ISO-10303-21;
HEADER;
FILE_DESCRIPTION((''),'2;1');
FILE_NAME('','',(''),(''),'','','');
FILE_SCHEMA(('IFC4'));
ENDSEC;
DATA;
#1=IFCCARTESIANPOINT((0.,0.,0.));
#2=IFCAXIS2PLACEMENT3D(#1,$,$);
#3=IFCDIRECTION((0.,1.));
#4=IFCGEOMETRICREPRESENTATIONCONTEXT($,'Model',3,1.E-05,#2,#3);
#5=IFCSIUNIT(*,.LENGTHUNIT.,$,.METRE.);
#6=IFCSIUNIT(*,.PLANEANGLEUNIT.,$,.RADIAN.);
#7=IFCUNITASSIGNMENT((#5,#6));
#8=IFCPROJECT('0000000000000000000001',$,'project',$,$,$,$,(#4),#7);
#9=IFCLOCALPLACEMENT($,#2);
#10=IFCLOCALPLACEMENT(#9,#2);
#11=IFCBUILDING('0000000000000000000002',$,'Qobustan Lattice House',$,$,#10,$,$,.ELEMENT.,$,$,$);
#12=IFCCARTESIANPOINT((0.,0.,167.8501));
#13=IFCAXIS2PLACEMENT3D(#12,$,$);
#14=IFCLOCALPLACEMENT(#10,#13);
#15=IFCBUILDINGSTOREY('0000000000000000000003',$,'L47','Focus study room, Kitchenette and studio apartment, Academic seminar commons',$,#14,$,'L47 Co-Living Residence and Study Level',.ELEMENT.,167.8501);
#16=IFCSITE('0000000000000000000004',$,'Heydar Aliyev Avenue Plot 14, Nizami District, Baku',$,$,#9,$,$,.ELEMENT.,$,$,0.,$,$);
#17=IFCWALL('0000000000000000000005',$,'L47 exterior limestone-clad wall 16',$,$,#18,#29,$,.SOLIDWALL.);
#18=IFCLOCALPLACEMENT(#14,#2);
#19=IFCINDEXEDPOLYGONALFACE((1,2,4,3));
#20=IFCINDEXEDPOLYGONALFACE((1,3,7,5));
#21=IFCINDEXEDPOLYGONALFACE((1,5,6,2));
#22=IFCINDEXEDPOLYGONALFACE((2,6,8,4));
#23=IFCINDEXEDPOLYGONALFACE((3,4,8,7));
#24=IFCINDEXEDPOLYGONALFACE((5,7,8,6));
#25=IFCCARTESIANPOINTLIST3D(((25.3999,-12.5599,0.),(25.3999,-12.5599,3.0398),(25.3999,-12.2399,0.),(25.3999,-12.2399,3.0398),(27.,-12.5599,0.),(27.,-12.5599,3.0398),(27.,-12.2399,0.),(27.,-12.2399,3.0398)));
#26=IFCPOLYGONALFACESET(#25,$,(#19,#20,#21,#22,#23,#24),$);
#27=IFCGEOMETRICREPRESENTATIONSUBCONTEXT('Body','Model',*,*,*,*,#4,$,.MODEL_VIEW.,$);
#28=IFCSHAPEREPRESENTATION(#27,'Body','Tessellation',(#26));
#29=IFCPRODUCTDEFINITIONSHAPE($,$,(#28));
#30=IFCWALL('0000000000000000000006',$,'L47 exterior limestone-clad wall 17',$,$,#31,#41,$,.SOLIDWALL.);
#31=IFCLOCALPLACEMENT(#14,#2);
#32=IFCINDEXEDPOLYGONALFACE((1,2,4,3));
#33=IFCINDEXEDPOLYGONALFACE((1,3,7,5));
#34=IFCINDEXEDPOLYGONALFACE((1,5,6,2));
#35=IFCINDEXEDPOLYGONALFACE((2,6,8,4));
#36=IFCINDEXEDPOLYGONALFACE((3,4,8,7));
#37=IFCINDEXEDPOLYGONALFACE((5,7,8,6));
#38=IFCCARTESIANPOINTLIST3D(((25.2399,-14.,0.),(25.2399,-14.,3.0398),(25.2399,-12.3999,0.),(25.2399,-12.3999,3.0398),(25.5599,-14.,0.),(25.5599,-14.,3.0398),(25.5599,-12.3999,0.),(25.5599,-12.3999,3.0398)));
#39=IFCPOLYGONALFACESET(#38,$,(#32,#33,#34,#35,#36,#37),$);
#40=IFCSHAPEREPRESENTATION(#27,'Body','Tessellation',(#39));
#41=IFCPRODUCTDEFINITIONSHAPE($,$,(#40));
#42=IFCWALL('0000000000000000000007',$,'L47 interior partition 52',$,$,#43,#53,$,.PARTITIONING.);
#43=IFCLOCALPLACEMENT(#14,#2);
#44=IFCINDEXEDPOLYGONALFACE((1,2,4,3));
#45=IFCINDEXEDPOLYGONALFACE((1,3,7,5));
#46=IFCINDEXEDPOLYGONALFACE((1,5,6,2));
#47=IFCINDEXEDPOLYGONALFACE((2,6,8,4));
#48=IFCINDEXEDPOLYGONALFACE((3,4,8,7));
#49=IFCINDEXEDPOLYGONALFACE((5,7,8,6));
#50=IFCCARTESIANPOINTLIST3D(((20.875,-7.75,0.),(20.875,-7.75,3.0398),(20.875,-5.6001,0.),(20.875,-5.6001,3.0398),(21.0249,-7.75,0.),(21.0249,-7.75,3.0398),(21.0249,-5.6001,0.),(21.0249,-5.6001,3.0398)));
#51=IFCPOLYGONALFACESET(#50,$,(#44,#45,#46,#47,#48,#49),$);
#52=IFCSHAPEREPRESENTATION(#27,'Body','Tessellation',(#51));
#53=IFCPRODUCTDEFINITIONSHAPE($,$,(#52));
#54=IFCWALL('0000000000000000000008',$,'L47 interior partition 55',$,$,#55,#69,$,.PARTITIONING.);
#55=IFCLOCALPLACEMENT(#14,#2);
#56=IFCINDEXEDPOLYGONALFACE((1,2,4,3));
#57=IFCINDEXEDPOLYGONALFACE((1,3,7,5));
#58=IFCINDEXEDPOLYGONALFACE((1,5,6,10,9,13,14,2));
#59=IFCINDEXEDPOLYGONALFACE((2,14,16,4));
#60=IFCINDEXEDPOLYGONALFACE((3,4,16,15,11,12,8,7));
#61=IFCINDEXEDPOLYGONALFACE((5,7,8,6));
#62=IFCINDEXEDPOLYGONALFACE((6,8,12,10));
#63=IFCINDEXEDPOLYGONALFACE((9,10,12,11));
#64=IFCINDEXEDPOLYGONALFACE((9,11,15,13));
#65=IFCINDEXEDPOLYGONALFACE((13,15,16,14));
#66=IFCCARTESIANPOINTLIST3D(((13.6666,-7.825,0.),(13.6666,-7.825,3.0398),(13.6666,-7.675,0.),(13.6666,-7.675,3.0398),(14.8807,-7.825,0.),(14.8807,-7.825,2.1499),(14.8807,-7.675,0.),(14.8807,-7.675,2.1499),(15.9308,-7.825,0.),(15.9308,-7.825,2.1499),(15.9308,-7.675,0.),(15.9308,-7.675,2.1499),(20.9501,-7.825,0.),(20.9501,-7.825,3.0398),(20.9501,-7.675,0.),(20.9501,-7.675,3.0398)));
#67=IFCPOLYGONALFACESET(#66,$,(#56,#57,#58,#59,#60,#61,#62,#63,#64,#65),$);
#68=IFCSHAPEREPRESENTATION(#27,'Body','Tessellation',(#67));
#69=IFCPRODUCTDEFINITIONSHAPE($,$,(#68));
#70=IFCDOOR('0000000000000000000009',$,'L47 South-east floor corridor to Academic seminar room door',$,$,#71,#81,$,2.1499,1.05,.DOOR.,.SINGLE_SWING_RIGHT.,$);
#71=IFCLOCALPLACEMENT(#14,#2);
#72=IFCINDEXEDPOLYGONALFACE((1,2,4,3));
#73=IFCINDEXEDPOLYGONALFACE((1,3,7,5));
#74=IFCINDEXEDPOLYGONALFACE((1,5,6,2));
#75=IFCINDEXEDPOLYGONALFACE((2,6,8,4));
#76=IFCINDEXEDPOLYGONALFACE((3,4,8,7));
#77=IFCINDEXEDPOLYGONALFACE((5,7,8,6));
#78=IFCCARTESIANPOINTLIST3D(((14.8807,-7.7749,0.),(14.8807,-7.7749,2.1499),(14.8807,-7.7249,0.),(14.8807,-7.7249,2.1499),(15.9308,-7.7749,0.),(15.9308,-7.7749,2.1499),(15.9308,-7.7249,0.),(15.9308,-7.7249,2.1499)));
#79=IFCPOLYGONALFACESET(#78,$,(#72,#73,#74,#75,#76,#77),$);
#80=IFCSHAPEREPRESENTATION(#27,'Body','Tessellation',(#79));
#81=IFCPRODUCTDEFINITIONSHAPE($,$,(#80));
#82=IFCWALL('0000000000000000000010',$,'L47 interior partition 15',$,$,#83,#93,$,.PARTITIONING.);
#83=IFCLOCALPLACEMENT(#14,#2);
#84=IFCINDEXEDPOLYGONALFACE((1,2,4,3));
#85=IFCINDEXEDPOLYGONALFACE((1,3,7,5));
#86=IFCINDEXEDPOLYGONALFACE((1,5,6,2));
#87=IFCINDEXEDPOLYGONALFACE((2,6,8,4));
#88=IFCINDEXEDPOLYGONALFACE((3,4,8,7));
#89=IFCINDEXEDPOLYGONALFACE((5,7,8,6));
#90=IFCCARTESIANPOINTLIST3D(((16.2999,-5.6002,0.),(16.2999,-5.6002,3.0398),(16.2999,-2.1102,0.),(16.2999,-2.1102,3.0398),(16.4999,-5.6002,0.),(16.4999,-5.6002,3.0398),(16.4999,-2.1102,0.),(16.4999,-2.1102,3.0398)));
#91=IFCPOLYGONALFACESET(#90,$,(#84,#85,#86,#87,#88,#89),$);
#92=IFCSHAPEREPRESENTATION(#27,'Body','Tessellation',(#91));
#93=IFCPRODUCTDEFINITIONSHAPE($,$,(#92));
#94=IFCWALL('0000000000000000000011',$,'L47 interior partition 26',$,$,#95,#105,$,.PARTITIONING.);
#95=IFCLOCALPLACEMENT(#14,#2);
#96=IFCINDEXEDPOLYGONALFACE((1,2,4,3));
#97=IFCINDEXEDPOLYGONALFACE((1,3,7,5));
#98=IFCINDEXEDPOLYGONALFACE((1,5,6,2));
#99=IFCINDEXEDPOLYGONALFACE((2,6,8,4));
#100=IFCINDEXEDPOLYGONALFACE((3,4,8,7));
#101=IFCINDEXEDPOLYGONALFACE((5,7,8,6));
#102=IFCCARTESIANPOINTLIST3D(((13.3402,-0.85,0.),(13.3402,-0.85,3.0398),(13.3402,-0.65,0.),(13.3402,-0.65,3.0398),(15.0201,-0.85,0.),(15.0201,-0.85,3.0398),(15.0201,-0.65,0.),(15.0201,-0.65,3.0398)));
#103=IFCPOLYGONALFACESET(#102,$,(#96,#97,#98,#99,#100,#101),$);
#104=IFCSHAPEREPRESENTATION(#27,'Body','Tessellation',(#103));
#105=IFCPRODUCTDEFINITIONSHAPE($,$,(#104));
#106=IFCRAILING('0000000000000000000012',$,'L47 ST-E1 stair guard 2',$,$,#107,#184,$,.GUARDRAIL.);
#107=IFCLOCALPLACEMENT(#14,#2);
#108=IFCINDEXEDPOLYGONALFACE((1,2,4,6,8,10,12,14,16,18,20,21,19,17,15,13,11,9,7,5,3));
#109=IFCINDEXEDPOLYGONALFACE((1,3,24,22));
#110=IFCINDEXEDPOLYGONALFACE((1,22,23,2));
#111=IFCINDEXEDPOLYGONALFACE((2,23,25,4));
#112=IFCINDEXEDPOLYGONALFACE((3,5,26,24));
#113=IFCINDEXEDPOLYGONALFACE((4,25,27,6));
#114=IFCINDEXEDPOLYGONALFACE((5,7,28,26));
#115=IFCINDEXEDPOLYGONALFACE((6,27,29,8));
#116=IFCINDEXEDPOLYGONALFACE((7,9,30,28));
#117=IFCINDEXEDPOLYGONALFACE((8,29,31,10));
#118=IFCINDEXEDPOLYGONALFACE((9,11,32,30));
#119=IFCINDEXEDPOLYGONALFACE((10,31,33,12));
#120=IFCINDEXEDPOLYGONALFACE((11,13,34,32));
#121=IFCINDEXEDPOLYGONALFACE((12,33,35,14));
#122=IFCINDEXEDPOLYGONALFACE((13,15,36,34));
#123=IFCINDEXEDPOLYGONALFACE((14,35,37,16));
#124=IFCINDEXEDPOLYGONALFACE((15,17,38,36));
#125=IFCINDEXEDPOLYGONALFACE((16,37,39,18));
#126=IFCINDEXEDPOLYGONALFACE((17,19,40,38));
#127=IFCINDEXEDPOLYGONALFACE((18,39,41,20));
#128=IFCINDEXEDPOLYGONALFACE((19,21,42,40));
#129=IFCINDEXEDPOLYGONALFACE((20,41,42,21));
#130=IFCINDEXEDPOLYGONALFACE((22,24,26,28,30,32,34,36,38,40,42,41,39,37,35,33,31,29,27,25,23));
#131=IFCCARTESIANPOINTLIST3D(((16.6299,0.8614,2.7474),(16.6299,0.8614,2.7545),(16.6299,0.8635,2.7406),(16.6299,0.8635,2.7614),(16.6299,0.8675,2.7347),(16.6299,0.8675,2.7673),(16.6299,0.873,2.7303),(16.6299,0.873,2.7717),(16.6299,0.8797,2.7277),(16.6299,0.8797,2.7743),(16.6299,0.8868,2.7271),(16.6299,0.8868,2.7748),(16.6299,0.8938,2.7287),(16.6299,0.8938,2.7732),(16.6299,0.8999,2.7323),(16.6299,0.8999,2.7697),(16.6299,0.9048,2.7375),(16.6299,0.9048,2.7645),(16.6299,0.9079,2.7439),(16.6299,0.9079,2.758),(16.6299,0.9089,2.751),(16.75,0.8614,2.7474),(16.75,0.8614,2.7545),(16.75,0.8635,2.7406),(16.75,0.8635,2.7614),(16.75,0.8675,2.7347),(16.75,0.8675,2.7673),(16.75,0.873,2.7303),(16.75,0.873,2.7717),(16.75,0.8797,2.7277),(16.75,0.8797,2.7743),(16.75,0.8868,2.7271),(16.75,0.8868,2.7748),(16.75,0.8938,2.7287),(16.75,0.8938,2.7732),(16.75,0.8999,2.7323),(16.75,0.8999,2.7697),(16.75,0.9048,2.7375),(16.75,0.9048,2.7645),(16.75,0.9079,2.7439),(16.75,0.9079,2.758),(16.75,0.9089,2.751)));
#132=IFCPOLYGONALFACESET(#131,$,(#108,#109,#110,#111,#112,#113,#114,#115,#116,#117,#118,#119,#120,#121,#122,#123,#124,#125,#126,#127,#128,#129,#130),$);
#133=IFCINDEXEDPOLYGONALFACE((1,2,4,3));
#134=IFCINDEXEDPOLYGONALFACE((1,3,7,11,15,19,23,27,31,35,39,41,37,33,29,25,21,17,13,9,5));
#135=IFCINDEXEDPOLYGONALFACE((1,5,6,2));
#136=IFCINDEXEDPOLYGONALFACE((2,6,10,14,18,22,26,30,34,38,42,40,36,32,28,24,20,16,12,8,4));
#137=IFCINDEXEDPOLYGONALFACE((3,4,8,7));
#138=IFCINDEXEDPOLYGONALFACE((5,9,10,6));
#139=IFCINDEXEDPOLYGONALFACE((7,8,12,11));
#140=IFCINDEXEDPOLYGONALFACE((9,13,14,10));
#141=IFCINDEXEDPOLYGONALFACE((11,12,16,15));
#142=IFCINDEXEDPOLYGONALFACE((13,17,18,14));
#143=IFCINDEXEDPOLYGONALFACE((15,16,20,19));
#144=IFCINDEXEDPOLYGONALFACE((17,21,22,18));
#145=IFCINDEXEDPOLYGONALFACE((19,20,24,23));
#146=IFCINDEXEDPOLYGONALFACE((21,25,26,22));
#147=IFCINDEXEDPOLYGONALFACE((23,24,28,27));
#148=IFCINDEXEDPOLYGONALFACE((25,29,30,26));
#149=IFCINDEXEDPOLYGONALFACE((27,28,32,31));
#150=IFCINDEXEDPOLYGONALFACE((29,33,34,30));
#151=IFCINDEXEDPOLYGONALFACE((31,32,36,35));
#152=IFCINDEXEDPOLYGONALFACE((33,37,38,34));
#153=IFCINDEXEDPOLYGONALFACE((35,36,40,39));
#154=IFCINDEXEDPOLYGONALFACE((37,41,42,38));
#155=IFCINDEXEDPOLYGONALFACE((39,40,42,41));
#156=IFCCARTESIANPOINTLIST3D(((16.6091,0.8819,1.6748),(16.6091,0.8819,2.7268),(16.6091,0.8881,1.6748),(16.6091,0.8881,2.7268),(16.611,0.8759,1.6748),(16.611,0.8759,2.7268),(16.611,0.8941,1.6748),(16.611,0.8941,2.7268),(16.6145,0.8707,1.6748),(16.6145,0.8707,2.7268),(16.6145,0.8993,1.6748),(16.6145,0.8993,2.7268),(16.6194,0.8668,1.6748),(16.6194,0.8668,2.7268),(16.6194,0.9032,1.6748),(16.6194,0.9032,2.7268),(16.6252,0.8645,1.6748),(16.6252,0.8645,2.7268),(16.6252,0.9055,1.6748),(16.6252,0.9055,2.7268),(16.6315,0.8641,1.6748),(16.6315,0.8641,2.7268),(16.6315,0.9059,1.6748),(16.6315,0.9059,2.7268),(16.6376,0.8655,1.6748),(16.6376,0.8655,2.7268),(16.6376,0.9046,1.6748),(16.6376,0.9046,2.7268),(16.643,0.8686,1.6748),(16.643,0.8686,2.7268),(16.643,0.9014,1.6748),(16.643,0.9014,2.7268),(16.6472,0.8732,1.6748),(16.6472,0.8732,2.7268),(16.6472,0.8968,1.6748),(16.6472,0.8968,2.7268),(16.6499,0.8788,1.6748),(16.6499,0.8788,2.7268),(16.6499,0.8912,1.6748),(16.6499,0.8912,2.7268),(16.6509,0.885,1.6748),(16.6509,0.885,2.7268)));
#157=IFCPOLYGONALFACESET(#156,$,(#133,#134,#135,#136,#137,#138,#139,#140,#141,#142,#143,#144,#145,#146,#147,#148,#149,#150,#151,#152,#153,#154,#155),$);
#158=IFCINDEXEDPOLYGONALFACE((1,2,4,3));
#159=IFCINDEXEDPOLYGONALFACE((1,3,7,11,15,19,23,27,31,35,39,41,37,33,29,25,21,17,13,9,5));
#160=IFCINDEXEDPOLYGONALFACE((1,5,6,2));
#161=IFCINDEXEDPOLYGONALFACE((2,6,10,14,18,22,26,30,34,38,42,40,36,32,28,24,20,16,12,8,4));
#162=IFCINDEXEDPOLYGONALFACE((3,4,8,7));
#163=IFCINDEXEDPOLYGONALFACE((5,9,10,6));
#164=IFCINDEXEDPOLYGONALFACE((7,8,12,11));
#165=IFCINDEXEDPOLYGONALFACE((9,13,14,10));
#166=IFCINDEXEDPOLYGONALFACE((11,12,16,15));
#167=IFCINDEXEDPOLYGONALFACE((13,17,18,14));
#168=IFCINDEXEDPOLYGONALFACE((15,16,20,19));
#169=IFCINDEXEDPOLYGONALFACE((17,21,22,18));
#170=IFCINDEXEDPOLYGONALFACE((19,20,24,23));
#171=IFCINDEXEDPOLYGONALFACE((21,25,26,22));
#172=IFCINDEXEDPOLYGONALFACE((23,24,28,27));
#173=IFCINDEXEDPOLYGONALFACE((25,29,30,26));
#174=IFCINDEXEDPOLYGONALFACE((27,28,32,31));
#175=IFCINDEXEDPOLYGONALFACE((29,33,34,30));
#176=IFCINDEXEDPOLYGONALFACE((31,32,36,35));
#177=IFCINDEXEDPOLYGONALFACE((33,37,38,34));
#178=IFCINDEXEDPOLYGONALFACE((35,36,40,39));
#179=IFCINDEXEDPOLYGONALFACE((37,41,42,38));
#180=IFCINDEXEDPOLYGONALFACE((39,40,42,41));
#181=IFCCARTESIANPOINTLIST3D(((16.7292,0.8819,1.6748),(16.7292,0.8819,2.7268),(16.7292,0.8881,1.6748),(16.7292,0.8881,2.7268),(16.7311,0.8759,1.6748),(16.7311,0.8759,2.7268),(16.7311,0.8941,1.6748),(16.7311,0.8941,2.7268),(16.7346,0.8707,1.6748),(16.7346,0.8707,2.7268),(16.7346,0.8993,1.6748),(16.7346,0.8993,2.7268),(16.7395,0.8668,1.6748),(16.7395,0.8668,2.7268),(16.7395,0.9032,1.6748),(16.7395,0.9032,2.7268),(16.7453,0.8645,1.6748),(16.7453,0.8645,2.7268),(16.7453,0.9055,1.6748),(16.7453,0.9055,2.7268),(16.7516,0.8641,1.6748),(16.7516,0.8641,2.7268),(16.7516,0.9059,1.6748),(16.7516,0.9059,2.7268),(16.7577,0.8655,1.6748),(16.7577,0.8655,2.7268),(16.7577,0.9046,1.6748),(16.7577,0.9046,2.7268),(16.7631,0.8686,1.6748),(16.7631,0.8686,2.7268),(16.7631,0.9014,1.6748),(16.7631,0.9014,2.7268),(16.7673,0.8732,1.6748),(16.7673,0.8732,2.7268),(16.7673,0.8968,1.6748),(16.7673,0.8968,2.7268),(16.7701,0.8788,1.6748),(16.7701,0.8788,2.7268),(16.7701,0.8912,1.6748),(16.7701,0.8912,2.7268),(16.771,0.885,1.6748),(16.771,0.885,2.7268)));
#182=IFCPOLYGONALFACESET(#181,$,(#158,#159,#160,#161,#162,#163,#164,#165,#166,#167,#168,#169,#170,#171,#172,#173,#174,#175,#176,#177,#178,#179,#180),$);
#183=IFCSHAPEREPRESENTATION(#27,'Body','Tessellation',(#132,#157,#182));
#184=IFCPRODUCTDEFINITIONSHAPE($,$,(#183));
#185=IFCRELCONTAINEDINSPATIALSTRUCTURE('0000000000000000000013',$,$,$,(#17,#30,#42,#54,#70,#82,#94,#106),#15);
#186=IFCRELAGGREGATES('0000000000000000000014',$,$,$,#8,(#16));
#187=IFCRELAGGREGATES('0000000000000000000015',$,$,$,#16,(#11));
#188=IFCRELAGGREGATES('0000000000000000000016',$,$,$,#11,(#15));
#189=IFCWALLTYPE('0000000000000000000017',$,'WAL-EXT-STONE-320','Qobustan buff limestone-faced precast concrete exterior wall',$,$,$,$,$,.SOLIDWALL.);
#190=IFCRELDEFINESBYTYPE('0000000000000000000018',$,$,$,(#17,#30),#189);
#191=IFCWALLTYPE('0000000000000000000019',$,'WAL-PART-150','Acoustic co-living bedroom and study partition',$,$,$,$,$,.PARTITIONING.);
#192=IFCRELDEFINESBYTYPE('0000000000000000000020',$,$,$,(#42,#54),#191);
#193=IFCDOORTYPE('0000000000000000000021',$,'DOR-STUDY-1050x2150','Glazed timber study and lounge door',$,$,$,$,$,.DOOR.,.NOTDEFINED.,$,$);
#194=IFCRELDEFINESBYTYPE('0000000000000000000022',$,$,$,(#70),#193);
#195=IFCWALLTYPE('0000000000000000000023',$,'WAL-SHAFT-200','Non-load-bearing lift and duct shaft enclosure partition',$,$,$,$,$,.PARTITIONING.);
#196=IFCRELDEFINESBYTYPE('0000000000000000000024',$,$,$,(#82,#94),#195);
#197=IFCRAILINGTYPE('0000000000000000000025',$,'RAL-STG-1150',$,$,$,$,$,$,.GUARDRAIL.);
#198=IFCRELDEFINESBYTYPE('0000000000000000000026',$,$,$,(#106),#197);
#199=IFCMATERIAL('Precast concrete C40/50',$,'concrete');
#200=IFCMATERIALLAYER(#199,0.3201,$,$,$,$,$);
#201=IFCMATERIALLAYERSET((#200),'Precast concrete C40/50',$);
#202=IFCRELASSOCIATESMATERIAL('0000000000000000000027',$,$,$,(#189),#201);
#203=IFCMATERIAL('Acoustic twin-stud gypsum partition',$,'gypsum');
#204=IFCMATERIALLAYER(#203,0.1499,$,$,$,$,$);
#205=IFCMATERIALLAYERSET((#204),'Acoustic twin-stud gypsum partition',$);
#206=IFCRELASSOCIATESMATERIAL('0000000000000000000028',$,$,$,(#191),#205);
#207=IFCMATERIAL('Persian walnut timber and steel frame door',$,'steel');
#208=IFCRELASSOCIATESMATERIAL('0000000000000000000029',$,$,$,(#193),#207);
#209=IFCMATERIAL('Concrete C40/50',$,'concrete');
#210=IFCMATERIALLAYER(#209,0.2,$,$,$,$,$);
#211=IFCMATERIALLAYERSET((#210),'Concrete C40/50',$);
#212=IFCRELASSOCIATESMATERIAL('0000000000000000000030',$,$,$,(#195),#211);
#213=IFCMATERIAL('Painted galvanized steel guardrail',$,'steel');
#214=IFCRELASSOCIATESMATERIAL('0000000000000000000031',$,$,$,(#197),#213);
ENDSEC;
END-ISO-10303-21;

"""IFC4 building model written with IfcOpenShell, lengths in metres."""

from ifc_helpers import new_model, si_unit, direction, frame, frame_2d, origin, origin_2d, place, context, subcontext, project, spatial, rectangle, circle, extrude, material, layer, layer_set, type_object, element, fill, save


model = new_model("IFC4")

# Units and contexts
model_context = context("Model", 3, precision=1e-05, world=origin(), true_north=direction((0.0, 1.0)))
body_context = subcontext(model_context, "Body", "Model", "MODEL_VIEW")
ifc_project = project(units=[si_unit("LENGTHUNIT", "METRE"), si_unit("PLANEANGLEUNIT", "RADIAN")], contexts=[model_context])

# Site, building, storey
site_placement = place(None, origin())
site = spatial("IfcSite", under=ifc_project, at=site_placement, Name="Heydar Aliyev Avenue Plot 14, Nizami District, Baku", CompositionType="ELEMENT", RefElevation=0.0)
building_placement = place(site_placement, origin())
building = spatial("IfcBuilding", under=site, at=building_placement, Name="Qobustan Lattice House", CompositionType="ELEMENT")
storey_placement = place(building_placement, frame((0.0, 0.0, 167.8501)))
storey = spatial("IfcBuildingStorey", under=building, at=storey_placement, Name="L47", Description="Focus study room, Kitchenette and studio apartment, Academic seminar commons", LongName="L47 Co-Living Residence and Study Level", CompositionType="ELEMENT", Elevation=167.8501)

# Walls
ifc_material_1 = material(Name="Precast concrete C40/50", Category="concrete")
ifc_layer_1 = layer(ifc_material_1, 0.3201)
ifc_layer_set_1 = layer_set([ifc_layer_1], Name="Precast concrete C40/50")
wall_type_1 = type_object("IfcWallType", Name="WAL-EXT-STONE-320", Description="Qobustan buff limestone-faced precast concrete exterior wall", PredefinedType="SOLIDWALL", material=ifc_layer_set_1)
for number, where, z_axis, x_axis, name in (
    (1, (27.0, -12.3999, 0.0), (0.0, 0.0, 1.0), (-1.0, 0.0, 0.0), "L47 exterior limestone-clad wall 16"),
    (2, (25.3999, -12.3999, 0.0), (0.0, 0.0, 1.0), (0.0, -1.0, 0.0), "L47 exterior limestone-clad wall 17"),
):
    element("IfcWall", number, at=place(storey_placement, frame(where, z_axis=z_axis, x_axis=x_axis)), inside=storey, type_object=wall_type_1, Name=name, PredefinedType="SOLIDWALL", context=body_context, shape_type="SweptSolid", body=[
        extrude(rectangle(XDim=1.6001, YDim=0.3201, at=frame_2d((0.8, 0.0))), origin(), (0.0, 0.0, 1.0), 3.0398),
    ])
ifc_material_2 = material(Name="Acoustic twin-stud gypsum partition", Category="gypsum")
ifc_layer_2 = layer(ifc_material_2, 0.1499)
ifc_layer_set_2 = layer_set([ifc_layer_2], Name="Acoustic twin-stud gypsum partition")
wall_type_2 = type_object("IfcWallType", Name="WAL-PART-150", Description="Acoustic co-living bedroom and study partition", PredefinedType="PARTITIONING", material=ifc_layer_set_2)
wall_1_placement = place(storey_placement, frame((20.95, -5.6001, 0.0), z_axis=(0.0, 0.0, 1.0), x_axis=(0.0, -1.0, 0.0)))
element("IfcWall", 3, at=wall_1_placement, inside=storey, type_object=wall_type_2, Name="L47 interior partition 52", PredefinedType="PARTITIONING", context=body_context, shape_type="SweptSolid", body=[
    extrude(rectangle(XDim=2.1499, YDim=0.1499, at=frame_2d((1.075, 0.0))), origin(), (0.0, 0.0, 1.0), 3.0398),
])

# Wall, opening, door
wall_2_placement = place(storey_placement, frame((20.95, -7.75, 0.0), z_axis=(0.0, 0.0, 1.0), x_axis=(-1.0, 0.0, 0.0)))
wall_2 = element("IfcWall", 4, at=wall_2_placement, inside=storey, type_object=wall_type_2, Name="L47 interior partition 55", PredefinedType="PARTITIONING", context=body_context, shape_type="SweptSolid", body=[
    extrude(rectangle(XDim=7.2834, YDim=0.1499, at=frame_2d((3.6416, 0.0))), origin(), (0.0, 0.0, 1.0), 3.0398),
])
opening_placement = place(wall_2_placement, frame((5.0193, 0.0, 0.0)))
opening = element("IfcOpeningElement", 5, at=opening_placement, cuts=wall_2, PredefinedType="OPENING", context=body_context, shape_type="SweptSolid", body=[
    extrude(rectangle(XDim=1.05, YDim=2.1499, at=frame_2d((0.5249, 1.075))), frame((0.0, 0.085, 0.0), z_axis=(0.0, -1.0, 0.0), x_axis=(1.0, 0.0, 0.0)), (0.0, 0.0, 1.0), 0.1699),
])
ifc_material_3 = material(Name="Persian walnut timber and steel frame door", Category="steel")
door_type = type_object("IfcDoorType", Name="DOR-STUDY-1050x2150", Description="Glazed timber study and lounge door", OperationType="NOTDEFINED", PredefinedType="DOOR", material=ifc_material_3)
door_placement = place(opening_placement, origin())
door = element("IfcDoor", 6, at=door_placement, inside=storey, type_object=door_type, Name="L47 South-east floor corridor to Academic seminar room door", OperationType="SINGLE_SWING_RIGHT", OverallHeight=2.1499, OverallWidth=1.05, PredefinedType="DOOR", context=body_context, shape_type="SweptSolid", body=[
    extrude(rectangle(XDim=1.05, YDim=2.1499, at=frame_2d((0.5249, 1.075))), frame((0.0, 0.0249, 0.0), z_axis=(0.0, -1.0, 0.0), x_axis=(1.0, 0.0, 0.0)), (0.0, 0.0, 1.0), 0.05),
])
fill(opening, door)

# Walls
ifc_material_4 = material(Name="Concrete C40/50", Category="concrete")
ifc_layer_3 = layer(ifc_material_4, 0.2)
ifc_layer_set_3 = layer_set([ifc_layer_3], Name="Concrete C40/50")
wall_type_3 = type_object("IfcWallType", Name="WAL-SHAFT-200", Description="Non-load-bearing lift and duct shaft enclosure partition", PredefinedType="PARTITIONING", material=ifc_layer_set_3)
wall_3_placement = place(storey_placement, frame((16.3999, -2.1101, 0.0), z_axis=(0.0, 0.0, 1.0), x_axis=(0.0, -1.0, 0.0)))
element("IfcWall", 7, at=wall_3_placement, inside=storey, type_object=wall_type_3, Name="L47 interior partition 15", PredefinedType="PARTITIONING", context=body_context, shape_type="SweptSolid", body=[
    extrude(rectangle(XDim=3.49, YDim=0.2, at=frame_2d((1.7451, 0.0))), origin(), (0.0, 0.0, 1.0), 3.0398),
])
wall_4_placement = place(storey_placement, frame((15.02, -0.75, 0.0), z_axis=(0.0, 0.0, 1.0), x_axis=(-1.0, 0.0, 0.0)))
element("IfcWall", 8, at=wall_4_placement, inside=storey, type_object=wall_type_3, Name="L47 interior partition 26", PredefinedType="PARTITIONING", context=body_context, shape_type="SweptSolid", body=[
    extrude(rectangle(XDim=1.6799, YDim=0.2, at=frame_2d((0.8398, 0.0))), origin(), (0.0, 0.0, 1.0), 3.0398),
])

# Railing
ifc_material_5 = material(Name="Painted galvanized steel guardrail", Category="steel")
railing_type = type_object("IfcRailingType", Name="RAL-STG-1150", PredefinedType="GUARDRAIL", material=ifc_material_5)
railing_placement = place(storey_placement, frame((16.6299, 0.885, 1.6748)))
element("IfcRailing", 9, at=railing_placement, inside=storey, type_object=railing_type, Name="L47 ST-E1 stair guard 2", PredefinedType="GUARDRAIL", context=body_context, shape_type="SweptSolid", body=[
    extrude(circle(Radius=0.0239, at=origin_2d()), frame((0.0, 0.0, 1.0762), z_axis=(1.0, 0.0, 0.0), x_axis=(0.0, 1.0, 0.0)), (0.0, 0.0, 1.0), 0.1201),
    extrude(circle(Radius=0.021, at=origin_2d()), origin(), (0.0, 0.0, 1.0), 1.052),
    extrude(circle(Radius=0.021, at=origin_2d()), frame((0.1201, 0.0, 0.0)), (0.0, 0.0, 1.0), 1.052),
])

save(model, "model.ifc")
